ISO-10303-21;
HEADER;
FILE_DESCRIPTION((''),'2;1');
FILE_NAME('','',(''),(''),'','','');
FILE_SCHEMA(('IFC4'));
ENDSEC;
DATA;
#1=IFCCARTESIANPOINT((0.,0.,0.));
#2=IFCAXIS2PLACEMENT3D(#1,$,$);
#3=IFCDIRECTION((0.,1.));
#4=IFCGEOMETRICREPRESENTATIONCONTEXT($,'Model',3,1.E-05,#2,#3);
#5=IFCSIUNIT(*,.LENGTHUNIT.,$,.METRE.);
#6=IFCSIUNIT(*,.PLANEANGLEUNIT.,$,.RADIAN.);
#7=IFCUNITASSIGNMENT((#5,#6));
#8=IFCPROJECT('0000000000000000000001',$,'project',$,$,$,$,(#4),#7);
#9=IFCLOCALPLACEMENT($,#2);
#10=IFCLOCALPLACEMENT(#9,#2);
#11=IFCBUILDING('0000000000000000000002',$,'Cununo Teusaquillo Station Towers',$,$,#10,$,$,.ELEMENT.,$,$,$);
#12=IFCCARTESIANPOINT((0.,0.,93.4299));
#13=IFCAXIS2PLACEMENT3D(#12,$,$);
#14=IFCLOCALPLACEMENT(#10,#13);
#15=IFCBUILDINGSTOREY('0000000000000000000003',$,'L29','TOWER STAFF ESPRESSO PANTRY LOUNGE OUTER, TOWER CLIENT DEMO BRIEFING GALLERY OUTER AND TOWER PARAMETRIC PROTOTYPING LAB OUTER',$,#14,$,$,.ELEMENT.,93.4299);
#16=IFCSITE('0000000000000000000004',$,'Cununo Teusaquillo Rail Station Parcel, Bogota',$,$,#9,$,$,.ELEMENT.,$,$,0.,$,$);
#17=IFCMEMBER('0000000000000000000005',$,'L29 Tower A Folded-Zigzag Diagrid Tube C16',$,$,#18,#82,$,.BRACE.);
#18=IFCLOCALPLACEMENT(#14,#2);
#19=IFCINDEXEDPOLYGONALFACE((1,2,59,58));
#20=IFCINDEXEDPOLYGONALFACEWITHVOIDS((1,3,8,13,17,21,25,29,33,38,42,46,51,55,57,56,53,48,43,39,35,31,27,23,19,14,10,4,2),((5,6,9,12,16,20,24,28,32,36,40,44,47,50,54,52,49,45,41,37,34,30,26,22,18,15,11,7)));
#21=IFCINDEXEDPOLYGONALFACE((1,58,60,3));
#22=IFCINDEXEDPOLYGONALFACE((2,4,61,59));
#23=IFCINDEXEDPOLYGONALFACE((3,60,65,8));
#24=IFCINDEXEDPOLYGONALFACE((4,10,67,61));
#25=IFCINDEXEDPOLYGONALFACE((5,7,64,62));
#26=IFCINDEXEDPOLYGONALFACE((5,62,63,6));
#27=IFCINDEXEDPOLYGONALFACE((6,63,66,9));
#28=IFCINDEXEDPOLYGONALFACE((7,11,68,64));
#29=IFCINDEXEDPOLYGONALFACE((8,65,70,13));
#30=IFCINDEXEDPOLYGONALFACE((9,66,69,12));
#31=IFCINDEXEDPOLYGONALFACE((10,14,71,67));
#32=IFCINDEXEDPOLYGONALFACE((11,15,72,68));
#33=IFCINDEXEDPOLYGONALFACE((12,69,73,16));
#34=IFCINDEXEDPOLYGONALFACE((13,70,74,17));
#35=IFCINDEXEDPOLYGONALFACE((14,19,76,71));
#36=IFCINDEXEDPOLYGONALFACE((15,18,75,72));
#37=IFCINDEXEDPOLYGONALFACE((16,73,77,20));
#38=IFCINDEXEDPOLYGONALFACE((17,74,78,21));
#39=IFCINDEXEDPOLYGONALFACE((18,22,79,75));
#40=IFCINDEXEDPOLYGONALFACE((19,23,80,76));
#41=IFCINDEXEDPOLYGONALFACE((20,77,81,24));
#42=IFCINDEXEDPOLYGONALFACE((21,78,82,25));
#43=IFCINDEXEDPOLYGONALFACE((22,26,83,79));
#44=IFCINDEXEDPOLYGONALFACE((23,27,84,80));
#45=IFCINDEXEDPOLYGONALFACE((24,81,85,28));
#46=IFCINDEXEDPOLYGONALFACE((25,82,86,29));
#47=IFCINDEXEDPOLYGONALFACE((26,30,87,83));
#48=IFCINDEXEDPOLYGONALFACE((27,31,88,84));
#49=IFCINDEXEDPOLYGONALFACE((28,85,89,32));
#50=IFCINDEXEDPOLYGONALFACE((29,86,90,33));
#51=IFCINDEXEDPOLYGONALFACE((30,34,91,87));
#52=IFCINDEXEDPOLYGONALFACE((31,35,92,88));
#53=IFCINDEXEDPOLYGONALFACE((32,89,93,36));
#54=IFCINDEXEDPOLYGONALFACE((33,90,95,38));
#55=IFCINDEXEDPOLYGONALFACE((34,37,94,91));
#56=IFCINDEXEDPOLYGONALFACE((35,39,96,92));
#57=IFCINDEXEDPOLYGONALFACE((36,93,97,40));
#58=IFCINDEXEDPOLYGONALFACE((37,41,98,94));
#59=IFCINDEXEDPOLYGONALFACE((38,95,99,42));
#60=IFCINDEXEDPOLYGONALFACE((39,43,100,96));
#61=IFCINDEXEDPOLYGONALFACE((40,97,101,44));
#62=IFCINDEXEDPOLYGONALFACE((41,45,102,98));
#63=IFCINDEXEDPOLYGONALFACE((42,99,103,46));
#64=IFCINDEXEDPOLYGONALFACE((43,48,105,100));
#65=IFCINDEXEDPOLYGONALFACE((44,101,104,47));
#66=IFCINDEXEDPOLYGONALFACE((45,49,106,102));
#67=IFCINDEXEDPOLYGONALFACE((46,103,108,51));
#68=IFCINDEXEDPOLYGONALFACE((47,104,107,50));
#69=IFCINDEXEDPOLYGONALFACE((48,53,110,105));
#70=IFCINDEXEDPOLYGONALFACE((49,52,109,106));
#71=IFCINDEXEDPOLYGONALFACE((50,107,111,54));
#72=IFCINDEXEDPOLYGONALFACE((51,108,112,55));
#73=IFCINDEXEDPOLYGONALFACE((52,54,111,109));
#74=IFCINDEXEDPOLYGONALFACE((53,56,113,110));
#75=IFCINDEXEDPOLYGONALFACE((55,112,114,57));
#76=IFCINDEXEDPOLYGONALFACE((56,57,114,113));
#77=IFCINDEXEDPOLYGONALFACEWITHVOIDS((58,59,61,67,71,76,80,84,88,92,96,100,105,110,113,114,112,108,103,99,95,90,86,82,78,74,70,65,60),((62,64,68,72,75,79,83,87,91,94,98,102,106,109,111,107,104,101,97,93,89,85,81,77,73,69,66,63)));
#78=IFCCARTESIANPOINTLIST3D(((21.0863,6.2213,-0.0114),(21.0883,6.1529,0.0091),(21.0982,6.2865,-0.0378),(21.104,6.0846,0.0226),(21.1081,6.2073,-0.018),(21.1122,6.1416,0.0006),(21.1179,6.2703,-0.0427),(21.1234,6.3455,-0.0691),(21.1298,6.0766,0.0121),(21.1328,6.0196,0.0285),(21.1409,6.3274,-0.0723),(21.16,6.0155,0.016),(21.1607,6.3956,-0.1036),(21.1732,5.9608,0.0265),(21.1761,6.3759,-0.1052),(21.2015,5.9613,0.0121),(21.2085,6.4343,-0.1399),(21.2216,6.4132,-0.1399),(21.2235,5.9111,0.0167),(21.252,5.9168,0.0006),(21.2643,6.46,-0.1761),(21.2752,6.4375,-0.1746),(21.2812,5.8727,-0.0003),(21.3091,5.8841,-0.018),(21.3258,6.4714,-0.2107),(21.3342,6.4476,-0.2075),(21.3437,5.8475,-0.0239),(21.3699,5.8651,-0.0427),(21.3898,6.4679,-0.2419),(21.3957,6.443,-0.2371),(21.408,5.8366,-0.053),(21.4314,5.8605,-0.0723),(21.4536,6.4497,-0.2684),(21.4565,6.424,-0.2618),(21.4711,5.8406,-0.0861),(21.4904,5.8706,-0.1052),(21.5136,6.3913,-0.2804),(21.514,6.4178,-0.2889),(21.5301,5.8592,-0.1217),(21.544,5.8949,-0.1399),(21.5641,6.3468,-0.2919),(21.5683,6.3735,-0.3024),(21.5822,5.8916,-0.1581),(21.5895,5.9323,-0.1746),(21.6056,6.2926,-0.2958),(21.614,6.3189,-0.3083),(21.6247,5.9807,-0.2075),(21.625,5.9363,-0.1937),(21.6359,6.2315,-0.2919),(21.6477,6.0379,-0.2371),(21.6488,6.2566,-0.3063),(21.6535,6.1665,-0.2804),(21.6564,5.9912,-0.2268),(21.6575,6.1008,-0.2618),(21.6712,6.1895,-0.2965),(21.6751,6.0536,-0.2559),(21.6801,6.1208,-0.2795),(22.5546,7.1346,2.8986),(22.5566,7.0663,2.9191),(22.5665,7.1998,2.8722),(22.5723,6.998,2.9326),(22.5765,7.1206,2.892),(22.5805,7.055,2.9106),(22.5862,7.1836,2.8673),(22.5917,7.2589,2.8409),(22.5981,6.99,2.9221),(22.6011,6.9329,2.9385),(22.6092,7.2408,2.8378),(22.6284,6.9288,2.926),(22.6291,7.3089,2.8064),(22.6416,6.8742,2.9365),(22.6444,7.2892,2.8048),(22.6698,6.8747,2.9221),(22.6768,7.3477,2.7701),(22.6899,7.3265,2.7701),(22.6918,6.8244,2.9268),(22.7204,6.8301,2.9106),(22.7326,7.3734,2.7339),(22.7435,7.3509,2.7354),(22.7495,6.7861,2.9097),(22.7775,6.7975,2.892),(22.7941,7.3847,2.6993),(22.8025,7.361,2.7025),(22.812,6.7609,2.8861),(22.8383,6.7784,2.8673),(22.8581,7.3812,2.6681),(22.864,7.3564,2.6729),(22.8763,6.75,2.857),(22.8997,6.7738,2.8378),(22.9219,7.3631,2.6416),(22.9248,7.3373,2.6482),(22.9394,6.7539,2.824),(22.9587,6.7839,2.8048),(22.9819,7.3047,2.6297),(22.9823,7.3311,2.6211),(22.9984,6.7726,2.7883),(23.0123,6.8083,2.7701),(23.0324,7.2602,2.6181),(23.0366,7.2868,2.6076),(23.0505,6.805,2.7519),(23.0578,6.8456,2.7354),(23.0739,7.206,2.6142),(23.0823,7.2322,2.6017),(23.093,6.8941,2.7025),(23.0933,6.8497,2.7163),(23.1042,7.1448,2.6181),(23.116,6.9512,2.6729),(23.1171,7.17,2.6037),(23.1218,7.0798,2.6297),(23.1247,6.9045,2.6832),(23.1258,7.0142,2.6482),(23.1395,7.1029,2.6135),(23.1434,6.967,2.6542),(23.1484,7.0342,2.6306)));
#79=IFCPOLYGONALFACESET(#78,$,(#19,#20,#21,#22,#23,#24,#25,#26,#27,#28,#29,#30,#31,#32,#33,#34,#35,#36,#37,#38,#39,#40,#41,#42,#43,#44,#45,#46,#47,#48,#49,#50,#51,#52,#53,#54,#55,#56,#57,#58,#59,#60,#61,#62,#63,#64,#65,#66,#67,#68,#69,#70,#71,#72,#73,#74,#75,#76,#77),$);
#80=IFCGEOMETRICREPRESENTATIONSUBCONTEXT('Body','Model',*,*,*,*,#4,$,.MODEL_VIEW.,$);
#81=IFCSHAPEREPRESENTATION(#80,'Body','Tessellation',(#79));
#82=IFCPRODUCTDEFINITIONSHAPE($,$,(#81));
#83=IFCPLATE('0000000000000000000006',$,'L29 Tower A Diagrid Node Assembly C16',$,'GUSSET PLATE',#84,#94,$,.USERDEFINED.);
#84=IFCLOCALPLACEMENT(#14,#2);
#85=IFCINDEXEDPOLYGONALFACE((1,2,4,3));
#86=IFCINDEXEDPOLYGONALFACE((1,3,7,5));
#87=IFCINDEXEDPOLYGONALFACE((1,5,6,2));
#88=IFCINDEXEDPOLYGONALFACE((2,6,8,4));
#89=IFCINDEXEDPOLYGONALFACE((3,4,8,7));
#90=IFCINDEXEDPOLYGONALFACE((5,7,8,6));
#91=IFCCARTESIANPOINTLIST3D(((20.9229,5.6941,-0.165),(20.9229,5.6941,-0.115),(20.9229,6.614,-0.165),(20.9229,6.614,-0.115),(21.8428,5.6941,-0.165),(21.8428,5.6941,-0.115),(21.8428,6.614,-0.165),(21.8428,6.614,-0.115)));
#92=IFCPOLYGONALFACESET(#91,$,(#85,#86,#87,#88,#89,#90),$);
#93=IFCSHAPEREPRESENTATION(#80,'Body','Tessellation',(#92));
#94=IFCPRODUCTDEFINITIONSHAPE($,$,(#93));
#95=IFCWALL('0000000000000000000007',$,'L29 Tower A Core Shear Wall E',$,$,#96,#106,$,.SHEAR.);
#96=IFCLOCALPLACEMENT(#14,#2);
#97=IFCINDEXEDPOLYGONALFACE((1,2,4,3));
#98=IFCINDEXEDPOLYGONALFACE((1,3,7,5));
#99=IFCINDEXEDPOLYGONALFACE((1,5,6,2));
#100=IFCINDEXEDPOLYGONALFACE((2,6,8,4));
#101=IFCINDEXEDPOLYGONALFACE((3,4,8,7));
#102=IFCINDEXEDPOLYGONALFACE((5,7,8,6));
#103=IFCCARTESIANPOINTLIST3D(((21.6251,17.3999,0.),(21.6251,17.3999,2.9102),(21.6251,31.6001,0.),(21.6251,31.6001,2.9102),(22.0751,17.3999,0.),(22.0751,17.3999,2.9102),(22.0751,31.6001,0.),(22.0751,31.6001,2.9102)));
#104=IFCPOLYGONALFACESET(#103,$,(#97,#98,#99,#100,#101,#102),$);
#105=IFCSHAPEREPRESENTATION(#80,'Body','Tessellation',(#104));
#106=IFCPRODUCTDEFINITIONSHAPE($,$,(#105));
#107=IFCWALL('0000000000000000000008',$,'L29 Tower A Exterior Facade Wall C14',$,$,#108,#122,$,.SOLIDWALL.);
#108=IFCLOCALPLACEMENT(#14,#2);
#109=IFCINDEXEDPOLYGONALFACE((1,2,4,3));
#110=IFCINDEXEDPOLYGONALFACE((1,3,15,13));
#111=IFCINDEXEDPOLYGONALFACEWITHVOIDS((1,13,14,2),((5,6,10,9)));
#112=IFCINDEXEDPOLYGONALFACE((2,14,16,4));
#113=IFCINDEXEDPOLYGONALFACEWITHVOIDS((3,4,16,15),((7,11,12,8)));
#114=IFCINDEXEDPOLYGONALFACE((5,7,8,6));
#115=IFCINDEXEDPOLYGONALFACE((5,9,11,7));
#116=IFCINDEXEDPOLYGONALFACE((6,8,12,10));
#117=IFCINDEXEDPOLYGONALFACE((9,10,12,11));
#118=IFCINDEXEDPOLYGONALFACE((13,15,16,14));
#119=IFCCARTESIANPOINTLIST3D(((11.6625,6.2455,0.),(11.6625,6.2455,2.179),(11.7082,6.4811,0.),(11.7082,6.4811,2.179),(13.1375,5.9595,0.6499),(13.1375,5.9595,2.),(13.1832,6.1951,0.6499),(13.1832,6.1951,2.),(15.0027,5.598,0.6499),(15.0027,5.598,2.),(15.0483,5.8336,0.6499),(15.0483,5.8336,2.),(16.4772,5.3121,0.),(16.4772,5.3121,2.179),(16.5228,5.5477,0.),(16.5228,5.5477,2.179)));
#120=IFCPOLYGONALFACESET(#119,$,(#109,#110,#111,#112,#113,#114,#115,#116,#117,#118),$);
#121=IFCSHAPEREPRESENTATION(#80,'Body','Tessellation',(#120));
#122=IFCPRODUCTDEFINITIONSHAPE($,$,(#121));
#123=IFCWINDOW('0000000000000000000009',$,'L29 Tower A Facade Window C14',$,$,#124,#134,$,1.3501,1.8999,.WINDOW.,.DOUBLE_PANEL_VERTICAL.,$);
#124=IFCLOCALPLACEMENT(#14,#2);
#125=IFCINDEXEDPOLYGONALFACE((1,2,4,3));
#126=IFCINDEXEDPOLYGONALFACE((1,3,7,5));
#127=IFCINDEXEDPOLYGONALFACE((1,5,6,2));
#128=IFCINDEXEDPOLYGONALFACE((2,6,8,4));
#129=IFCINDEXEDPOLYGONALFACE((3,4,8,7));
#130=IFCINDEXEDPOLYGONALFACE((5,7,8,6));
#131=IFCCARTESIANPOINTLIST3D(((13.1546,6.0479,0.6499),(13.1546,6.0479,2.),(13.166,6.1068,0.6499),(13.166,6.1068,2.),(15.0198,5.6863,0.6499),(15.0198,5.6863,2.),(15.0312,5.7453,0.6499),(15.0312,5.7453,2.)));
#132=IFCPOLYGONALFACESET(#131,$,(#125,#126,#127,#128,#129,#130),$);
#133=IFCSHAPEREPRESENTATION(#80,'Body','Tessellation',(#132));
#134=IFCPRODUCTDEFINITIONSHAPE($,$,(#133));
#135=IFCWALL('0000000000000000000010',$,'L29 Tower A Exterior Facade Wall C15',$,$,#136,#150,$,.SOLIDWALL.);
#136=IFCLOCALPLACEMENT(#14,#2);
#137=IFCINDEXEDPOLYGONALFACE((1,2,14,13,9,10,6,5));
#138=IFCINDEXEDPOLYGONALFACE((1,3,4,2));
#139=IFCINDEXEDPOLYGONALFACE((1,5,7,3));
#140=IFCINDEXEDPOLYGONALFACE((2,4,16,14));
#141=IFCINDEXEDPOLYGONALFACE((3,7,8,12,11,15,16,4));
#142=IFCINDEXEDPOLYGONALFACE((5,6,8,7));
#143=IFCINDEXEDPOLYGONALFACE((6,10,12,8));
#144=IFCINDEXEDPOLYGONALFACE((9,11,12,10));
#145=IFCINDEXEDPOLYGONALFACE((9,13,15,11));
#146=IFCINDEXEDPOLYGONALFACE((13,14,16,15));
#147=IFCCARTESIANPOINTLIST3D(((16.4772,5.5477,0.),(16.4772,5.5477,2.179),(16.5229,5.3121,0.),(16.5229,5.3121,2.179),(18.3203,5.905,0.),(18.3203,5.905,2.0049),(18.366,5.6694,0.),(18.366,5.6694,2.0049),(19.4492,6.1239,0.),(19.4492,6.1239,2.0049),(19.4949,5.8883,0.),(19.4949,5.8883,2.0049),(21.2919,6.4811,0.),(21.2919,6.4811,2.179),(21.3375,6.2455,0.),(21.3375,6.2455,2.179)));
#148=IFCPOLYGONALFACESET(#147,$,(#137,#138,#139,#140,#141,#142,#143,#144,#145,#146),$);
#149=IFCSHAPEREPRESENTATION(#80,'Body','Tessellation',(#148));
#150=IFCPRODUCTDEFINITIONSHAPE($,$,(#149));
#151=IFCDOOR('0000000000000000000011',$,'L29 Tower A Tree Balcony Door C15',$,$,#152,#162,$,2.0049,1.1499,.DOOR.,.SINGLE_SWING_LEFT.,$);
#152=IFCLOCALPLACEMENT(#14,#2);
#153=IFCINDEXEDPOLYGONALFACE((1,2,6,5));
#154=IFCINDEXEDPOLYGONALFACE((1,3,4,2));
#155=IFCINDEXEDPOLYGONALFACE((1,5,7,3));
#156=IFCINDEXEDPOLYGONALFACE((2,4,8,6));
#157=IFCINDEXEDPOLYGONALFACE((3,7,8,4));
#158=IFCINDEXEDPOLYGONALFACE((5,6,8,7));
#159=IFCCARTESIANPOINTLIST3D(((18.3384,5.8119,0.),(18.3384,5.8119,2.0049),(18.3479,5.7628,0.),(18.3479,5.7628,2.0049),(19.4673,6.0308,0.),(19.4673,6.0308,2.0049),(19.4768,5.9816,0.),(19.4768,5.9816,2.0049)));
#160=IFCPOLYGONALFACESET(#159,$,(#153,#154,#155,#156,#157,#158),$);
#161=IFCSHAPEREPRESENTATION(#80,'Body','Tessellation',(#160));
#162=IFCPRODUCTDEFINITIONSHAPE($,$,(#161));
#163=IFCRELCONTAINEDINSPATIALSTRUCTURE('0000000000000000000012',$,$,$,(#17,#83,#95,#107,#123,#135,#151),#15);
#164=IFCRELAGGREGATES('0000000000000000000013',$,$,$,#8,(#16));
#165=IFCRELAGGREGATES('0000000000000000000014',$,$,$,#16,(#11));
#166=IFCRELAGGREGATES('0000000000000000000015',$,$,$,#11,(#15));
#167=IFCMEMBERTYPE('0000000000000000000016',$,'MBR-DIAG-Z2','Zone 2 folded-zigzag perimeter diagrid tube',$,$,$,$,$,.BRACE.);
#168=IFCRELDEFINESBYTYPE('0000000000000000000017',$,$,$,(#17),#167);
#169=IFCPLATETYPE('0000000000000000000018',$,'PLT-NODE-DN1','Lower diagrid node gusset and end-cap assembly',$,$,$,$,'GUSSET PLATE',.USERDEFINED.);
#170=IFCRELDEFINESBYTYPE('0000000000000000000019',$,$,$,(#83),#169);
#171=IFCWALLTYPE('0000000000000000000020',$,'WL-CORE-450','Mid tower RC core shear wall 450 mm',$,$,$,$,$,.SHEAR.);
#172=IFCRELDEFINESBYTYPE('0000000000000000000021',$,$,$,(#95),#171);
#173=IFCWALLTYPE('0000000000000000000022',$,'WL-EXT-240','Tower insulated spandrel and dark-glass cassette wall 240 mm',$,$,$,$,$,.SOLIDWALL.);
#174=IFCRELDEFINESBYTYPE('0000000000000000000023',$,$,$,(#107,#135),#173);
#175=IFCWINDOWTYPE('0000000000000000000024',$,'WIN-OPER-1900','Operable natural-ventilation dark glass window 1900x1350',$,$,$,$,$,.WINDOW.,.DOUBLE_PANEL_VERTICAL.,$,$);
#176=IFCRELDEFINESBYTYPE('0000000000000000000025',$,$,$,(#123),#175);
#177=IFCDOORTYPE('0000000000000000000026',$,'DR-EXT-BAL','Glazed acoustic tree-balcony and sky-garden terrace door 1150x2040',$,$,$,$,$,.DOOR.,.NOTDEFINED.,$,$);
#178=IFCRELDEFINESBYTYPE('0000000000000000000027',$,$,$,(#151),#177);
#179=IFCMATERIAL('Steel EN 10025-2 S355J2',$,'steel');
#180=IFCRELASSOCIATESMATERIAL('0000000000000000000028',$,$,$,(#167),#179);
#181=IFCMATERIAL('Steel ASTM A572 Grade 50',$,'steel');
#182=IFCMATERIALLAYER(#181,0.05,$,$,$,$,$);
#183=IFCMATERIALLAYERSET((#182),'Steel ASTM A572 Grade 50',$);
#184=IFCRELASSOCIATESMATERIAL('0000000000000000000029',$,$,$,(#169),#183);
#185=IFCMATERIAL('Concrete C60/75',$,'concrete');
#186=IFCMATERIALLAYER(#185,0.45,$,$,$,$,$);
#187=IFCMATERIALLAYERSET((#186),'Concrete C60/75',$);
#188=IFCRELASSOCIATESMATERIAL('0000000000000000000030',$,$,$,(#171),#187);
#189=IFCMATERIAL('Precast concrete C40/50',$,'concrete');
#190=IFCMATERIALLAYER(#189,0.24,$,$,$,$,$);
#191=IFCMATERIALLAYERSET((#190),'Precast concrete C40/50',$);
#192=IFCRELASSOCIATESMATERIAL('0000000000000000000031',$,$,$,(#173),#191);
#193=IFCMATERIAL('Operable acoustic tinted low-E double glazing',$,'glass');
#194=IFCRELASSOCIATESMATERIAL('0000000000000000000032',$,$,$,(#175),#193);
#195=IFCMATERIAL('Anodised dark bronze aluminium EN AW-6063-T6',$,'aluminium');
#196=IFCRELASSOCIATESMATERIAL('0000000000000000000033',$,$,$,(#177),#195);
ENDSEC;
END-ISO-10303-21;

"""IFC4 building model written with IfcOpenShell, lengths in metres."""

from ifc_helpers import new_model, si_unit, direction, frame, frame_2d, origin, origin_2d, place, context, subcontext, project, spatial, rectangle, hollow_circle, extrude, source, transform, mapped, material, layer, layer_set, material_profile, profile_set, type_object, element, fill, save


model = new_model("IFC4")

# Units and contexts
model_context = context("Model", 3, precision=1e-05, world=origin(), true_north=direction((0.0, 1.0)))
body_context = subcontext(model_context, "Body", "Model", "MODEL_VIEW")
ifc_project = project(units=[si_unit("LENGTHUNIT", "METRE"), si_unit("PLANEANGLEUNIT", "RADIAN")], contexts=[model_context])

# Site, building, storey
site_placement = place(None, origin())
site = spatial("IfcSite", under=ifc_project, at=site_placement, Name="Cununo Teusaquillo Rail Station Parcel, Bogota", CompositionType="ELEMENT", RefElevation=0.0)
building_placement = place(site_placement, origin())
building = spatial("IfcBuilding", under=site, at=building_placement, Name="Cununo Teusaquillo Station Towers", CompositionType="ELEMENT")
storey_placement = place(building_placement, frame((0.0, 0.0, 93.4299)))
storey = spatial("IfcBuildingStorey", under=building, at=storey_placement, Name="L29", Description="TOWER STAFF ESPRESSO PANTRY LOUNGE OUTER, TOWER CLIENT DEMO BRIEFING GALLERY OUTER AND TOWER PARAMETRIC PROTOTYPING LAB OUTER", CompositionType="ELEMENT", Elevation=93.4299)

# Member
ifc_material_1 = material(Name="Steel EN 10025-2 S355J2", Category="steel")
ifc_material_profile_1 = material_profile(ifc_material_1, hollow_circle(Radius=0.3301, WallThickness=0.0249, at=origin_2d()), Name="CHS 660x25")
ifc_profile_set_1 = profile_set([ifc_material_profile_1], Name="Steel EN 10025-2 S355J2")
member_type = type_object("IfcMemberType", Name="MBR-DIAG-Z2", Description="Zone 2 folded-zigzag perimeter diagrid tube", PredefinedType="BRACE", material=ifc_profile_set_1)
member_placement = place(storey_placement, frame((21.3828, 6.1541, -0.1399), z_axis=(0.433768, 0.269825, 0.859674), x_axis=(-0.528196, 0.849123, 0.0)))
element("IfcMember", 1, at=member_placement, inside=storey, type_object=member_type, Name="L29 Tower A Folded-Zigzag Diagrid Tube C16", PredefinedType="BRACE", context=body_context, shape_type="SweptSolid", body=[
    extrude(hollow_circle(Radius=0.3301, WallThickness=0.0249, at=origin_2d()), origin(), (0.0, 0.0, 1.0), 3.385),
])

# Plate
ifc_material_2 = material(Name="Steel ASTM A572 Grade 50", Category="steel")
ifc_layer_1 = layer(ifc_material_2, 0.05)
ifc_layer_set_1 = layer_set([ifc_layer_1], Name="Steel ASTM A572 Grade 50")
plate_type = type_object("IfcPlateType", Name="PLT-NODE-DN1", Description="Lower diagrid node gusset and end-cap assembly", ElementType="GUSSET PLATE", PredefinedType="USERDEFINED", material=ifc_layer_set_1)
shared_shape_1 = source(origin(), body_context, "Body", "SweptSolid", [
    extrude(rectangle(XDim=0.9199, YDim=0.9199, at=origin_2d()), origin(), (0.0, 0.0, 1.0), 0.05),
])
plate_placement = place(storey_placement, frame((21.3828, 6.1541, -0.165), z_axis=(0.0, 0.0, 1.0), x_axis=(1.0, 0.0, 0.0)))
element("IfcPlate", 2, at=plate_placement, inside=storey, type_object=plate_type, Name="L29 Tower A Diagrid Node Assembly C16", ObjectType="GUSSET PLATE", PredefinedType="USERDEFINED", context=body_context, shape_type="MappedRepresentation", body=[
    mapped(shared_shape_1, transform((0.0, 0.0, 0.0), x_axis=(1.0, 0.0, 0.0), y_axis=(0.0, 1.0, 0.0), z_axis=(0.0, 0.0, 1.0), scale=1.0)),
])

# Wall
ifc_material_3 = material(Name="Concrete C60/75", Category="concrete")
ifc_layer_2 = layer(ifc_material_3, 0.45)
ifc_layer_set_2 = layer_set([ifc_layer_2], Name="Concrete C60/75")
wall_type_1 = type_object("IfcWallType", Name="WL-CORE-450", Description="Mid tower RC core shear wall 450 mm", PredefinedType="SHEAR", material=ifc_layer_set_2)
wall_1_placement = place(storey_placement, frame((21.8501, 17.3999, 0.0), z_axis=(0.0, 0.0, 1.0), x_axis=(0.0, 1.0, 0.0)))
element("IfcWall", 3, at=wall_1_placement, inside=storey, type_object=wall_type_1, Name="L29 Tower A Core Shear Wall E", PredefinedType="SHEAR", context=body_context, shape_type="SweptSolid", body=[
    extrude(rectangle(XDim=14.2002, YDim=0.45, at=frame_2d((7.1001, 0.0))), origin(), (0.0, 0.0, 1.0), 2.9102),
])

# Wall, opening, window
ifc_material_4 = material(Name="Precast concrete C40/50", Category="concrete")
ifc_layer_3 = layer(ifc_material_4, 0.24)
ifc_layer_set_3 = layer_set([ifc_layer_3], Name="Precast concrete C40/50")
wall_type_2 = type_object("IfcWallType", Name="WL-EXT-240", Description="Tower insulated spandrel and dark-glass cassette wall 240 mm", PredefinedType="SOLIDWALL", material=ifc_layer_set_3)
wall_2_placement = place(storey_placement, frame((16.5, 5.4299, 0.0), z_axis=(0.0, 0.0, 1.0), x_axis=(-0.981724, 0.190311, 0.0)))
wall_2 = element("IfcWall", 4, at=wall_2_placement, inside=storey, type_object=wall_type_2, Name="L29 Tower A Exterior Facade Wall C14", PredefinedType="SOLIDWALL", context=body_context, shape_type="SweptSolid", body=[
    extrude(rectangle(XDim=4.9043, YDim=0.24, at=frame_2d((2.4521, 0.0))), origin(), (0.0, 0.0, 1.0), 2.179),
])
shared_shape_2 = source(origin(), body_context, "Body", "SweptSolid", [
    extrude(rectangle(XDim=1.8999, YDim=1.3501, at=frame_2d((0.95, 0.675))), frame((0.0, 0.1299, 0.0), z_axis=(0.0, -1.0, 0.0), x_axis=(1.0, 0.0, 0.0)), (0.0, 0.0, 1.0), 0.26),
])
opening_1_placement = place(wall_2_placement, frame((1.502, 0.0, 0.6499)))
opening_1 = element("IfcOpeningElement", 5, at=opening_1_placement, cuts=wall_2, PredefinedType="OPENING", context=body_context, shape_type="MappedRepresentation", body=[
    mapped(shared_shape_2, transform((0.0, 0.0, 0.0), x_axis=(1.0, 0.0, 0.0), y_axis=(0.0, 1.0, 0.0), z_axis=(0.0, 0.0, 1.0), scale=1.0)),
])
ifc_material_5 = material(Name="Operable acoustic tinted low-E double glazing", Category="glass")
window_type = type_object("IfcWindowType", Name="WIN-OPER-1900", Description="Operable natural-ventilation dark glass window 1900x1350", PartitioningType="DOUBLE_PANEL_VERTICAL", PredefinedType="WINDOW", material=ifc_material_5)
shared_shape_3 = source(origin(), body_context, "Body", "SweptSolid", [
    extrude(rectangle(XDim=1.8999, YDim=1.3501, at=frame_2d((0.95, 0.675))), frame((0.0, 0.03, 0.0), z_axis=(0.0, -1.0, 0.0), x_axis=(1.0, 0.0, 0.0)), (0.0, 0.0, 1.0), 0.0601),
])
window_1_placement = place(opening_1_placement, origin())
window_1 = element("IfcWindow", 6, at=window_1_placement, inside=storey, type_object=window_type, Name="L29 Tower A Facade Window C14", OverallHeight=1.3501, OverallWidth=1.8999, PartitioningType="DOUBLE_PANEL_VERTICAL", PredefinedType="WINDOW", context=body_context, shape_type="MappedRepresentation", body=[
    mapped(shared_shape_3, transform((0.0, 0.0, 0.0), x_axis=(1.0, 0.0, 0.0), y_axis=(0.0, 1.0, 0.0), z_axis=(0.0, 0.0, 1.0), scale=1.0)),
])
fill(opening_1, window_1)

# Wall, opening, door
wall_3_placement = place(storey_placement, frame((21.3147, 6.3633, 0.0), z_axis=(0.0, 0.0, 1.0), x_axis=(-0.981724, -0.190311, 0.0)))
wall_3 = element("IfcWall", 7, at=wall_3_placement, inside=storey, type_object=wall_type_2, Name="L29 Tower A Exterior Facade Wall C15", PredefinedType="SOLIDWALL", context=body_context, shape_type="SweptSolid", body=[
    extrude(rectangle(XDim=4.9043, YDim=0.24, at=frame_2d((2.4521, 0.0))), origin(), (0.0, 0.0, 1.0), 2.179),
])
shared_shape_4 = source(origin(), body_context, "Body", "SweptSolid", [
    extrude(rectangle(XDim=1.1499, YDim=2.0049, at=frame_2d((0.575, 1.0024))), frame((0.0, 0.1299, 0.0), z_axis=(0.0, -1.0, 0.0), x_axis=(1.0, 0.0, 0.0)), (0.0, 0.0, 1.0), 0.26),
])
opening_2_placement = place(wall_3_placement, frame((1.877, 0.0, 0.0)))
opening_2 = element("IfcOpeningElement", 8, at=opening_2_placement, cuts=wall_3, PredefinedType="OPENING", context=body_context, shape_type="MappedRepresentation", body=[
    mapped(shared_shape_4, transform((0.0, 0.0, 0.0), x_axis=(1.0, 0.0, 0.0), y_axis=(0.0, 1.0, 0.0), z_axis=(0.0, 0.0, 1.0), scale=1.0)),
])
ifc_material_6 = material(Name="Anodised dark bronze aluminium EN AW-6063-T6", Category="aluminium")
door_type_1 = type_object("IfcDoorType", Name="DR-EXT-BAL", Description="Glazed acoustic tree-balcony and sky-garden terrace door 1150x2040", OperationType="NOTDEFINED", PredefinedType="DOOR", material=ifc_material_6)
shared_shape_5 = source(origin(), body_context, "Body", "SweptSolid", [
    extrude(rectangle(XDim=1.1499, YDim=2.0049, at=frame_2d((0.575, 1.0024))), frame((0.0, 0.0249, 0.0), z_axis=(0.0, -1.0, 0.0), x_axis=(1.0, 0.0, 0.0)), (0.0, 0.0, 1.0), 0.05),
])
door_1_placement = place(opening_2_placement, origin())
door_1 = element("IfcDoor", 9, at=door_1_placement, inside=storey, type_object=door_type_1, Name="L29 Tower A Tree Balcony Door C15", OperationType="SINGLE_SWING_LEFT", OverallHeight=2.0049, OverallWidth=1.1499, PredefinedType="DOOR", context=body_context, shape_type="MappedRepresentation", body=[
    mapped(shared_shape_5, transform((0.0, 0.0, 0.0), x_axis=(1.0, 0.0, 0.0), y_axis=(0.0, 1.0, 0.0), z_axis=(0.0, 0.0, 1.0), scale=1.0)),
])
fill(opening_2, door_1)

save(model, "model.ifc")
